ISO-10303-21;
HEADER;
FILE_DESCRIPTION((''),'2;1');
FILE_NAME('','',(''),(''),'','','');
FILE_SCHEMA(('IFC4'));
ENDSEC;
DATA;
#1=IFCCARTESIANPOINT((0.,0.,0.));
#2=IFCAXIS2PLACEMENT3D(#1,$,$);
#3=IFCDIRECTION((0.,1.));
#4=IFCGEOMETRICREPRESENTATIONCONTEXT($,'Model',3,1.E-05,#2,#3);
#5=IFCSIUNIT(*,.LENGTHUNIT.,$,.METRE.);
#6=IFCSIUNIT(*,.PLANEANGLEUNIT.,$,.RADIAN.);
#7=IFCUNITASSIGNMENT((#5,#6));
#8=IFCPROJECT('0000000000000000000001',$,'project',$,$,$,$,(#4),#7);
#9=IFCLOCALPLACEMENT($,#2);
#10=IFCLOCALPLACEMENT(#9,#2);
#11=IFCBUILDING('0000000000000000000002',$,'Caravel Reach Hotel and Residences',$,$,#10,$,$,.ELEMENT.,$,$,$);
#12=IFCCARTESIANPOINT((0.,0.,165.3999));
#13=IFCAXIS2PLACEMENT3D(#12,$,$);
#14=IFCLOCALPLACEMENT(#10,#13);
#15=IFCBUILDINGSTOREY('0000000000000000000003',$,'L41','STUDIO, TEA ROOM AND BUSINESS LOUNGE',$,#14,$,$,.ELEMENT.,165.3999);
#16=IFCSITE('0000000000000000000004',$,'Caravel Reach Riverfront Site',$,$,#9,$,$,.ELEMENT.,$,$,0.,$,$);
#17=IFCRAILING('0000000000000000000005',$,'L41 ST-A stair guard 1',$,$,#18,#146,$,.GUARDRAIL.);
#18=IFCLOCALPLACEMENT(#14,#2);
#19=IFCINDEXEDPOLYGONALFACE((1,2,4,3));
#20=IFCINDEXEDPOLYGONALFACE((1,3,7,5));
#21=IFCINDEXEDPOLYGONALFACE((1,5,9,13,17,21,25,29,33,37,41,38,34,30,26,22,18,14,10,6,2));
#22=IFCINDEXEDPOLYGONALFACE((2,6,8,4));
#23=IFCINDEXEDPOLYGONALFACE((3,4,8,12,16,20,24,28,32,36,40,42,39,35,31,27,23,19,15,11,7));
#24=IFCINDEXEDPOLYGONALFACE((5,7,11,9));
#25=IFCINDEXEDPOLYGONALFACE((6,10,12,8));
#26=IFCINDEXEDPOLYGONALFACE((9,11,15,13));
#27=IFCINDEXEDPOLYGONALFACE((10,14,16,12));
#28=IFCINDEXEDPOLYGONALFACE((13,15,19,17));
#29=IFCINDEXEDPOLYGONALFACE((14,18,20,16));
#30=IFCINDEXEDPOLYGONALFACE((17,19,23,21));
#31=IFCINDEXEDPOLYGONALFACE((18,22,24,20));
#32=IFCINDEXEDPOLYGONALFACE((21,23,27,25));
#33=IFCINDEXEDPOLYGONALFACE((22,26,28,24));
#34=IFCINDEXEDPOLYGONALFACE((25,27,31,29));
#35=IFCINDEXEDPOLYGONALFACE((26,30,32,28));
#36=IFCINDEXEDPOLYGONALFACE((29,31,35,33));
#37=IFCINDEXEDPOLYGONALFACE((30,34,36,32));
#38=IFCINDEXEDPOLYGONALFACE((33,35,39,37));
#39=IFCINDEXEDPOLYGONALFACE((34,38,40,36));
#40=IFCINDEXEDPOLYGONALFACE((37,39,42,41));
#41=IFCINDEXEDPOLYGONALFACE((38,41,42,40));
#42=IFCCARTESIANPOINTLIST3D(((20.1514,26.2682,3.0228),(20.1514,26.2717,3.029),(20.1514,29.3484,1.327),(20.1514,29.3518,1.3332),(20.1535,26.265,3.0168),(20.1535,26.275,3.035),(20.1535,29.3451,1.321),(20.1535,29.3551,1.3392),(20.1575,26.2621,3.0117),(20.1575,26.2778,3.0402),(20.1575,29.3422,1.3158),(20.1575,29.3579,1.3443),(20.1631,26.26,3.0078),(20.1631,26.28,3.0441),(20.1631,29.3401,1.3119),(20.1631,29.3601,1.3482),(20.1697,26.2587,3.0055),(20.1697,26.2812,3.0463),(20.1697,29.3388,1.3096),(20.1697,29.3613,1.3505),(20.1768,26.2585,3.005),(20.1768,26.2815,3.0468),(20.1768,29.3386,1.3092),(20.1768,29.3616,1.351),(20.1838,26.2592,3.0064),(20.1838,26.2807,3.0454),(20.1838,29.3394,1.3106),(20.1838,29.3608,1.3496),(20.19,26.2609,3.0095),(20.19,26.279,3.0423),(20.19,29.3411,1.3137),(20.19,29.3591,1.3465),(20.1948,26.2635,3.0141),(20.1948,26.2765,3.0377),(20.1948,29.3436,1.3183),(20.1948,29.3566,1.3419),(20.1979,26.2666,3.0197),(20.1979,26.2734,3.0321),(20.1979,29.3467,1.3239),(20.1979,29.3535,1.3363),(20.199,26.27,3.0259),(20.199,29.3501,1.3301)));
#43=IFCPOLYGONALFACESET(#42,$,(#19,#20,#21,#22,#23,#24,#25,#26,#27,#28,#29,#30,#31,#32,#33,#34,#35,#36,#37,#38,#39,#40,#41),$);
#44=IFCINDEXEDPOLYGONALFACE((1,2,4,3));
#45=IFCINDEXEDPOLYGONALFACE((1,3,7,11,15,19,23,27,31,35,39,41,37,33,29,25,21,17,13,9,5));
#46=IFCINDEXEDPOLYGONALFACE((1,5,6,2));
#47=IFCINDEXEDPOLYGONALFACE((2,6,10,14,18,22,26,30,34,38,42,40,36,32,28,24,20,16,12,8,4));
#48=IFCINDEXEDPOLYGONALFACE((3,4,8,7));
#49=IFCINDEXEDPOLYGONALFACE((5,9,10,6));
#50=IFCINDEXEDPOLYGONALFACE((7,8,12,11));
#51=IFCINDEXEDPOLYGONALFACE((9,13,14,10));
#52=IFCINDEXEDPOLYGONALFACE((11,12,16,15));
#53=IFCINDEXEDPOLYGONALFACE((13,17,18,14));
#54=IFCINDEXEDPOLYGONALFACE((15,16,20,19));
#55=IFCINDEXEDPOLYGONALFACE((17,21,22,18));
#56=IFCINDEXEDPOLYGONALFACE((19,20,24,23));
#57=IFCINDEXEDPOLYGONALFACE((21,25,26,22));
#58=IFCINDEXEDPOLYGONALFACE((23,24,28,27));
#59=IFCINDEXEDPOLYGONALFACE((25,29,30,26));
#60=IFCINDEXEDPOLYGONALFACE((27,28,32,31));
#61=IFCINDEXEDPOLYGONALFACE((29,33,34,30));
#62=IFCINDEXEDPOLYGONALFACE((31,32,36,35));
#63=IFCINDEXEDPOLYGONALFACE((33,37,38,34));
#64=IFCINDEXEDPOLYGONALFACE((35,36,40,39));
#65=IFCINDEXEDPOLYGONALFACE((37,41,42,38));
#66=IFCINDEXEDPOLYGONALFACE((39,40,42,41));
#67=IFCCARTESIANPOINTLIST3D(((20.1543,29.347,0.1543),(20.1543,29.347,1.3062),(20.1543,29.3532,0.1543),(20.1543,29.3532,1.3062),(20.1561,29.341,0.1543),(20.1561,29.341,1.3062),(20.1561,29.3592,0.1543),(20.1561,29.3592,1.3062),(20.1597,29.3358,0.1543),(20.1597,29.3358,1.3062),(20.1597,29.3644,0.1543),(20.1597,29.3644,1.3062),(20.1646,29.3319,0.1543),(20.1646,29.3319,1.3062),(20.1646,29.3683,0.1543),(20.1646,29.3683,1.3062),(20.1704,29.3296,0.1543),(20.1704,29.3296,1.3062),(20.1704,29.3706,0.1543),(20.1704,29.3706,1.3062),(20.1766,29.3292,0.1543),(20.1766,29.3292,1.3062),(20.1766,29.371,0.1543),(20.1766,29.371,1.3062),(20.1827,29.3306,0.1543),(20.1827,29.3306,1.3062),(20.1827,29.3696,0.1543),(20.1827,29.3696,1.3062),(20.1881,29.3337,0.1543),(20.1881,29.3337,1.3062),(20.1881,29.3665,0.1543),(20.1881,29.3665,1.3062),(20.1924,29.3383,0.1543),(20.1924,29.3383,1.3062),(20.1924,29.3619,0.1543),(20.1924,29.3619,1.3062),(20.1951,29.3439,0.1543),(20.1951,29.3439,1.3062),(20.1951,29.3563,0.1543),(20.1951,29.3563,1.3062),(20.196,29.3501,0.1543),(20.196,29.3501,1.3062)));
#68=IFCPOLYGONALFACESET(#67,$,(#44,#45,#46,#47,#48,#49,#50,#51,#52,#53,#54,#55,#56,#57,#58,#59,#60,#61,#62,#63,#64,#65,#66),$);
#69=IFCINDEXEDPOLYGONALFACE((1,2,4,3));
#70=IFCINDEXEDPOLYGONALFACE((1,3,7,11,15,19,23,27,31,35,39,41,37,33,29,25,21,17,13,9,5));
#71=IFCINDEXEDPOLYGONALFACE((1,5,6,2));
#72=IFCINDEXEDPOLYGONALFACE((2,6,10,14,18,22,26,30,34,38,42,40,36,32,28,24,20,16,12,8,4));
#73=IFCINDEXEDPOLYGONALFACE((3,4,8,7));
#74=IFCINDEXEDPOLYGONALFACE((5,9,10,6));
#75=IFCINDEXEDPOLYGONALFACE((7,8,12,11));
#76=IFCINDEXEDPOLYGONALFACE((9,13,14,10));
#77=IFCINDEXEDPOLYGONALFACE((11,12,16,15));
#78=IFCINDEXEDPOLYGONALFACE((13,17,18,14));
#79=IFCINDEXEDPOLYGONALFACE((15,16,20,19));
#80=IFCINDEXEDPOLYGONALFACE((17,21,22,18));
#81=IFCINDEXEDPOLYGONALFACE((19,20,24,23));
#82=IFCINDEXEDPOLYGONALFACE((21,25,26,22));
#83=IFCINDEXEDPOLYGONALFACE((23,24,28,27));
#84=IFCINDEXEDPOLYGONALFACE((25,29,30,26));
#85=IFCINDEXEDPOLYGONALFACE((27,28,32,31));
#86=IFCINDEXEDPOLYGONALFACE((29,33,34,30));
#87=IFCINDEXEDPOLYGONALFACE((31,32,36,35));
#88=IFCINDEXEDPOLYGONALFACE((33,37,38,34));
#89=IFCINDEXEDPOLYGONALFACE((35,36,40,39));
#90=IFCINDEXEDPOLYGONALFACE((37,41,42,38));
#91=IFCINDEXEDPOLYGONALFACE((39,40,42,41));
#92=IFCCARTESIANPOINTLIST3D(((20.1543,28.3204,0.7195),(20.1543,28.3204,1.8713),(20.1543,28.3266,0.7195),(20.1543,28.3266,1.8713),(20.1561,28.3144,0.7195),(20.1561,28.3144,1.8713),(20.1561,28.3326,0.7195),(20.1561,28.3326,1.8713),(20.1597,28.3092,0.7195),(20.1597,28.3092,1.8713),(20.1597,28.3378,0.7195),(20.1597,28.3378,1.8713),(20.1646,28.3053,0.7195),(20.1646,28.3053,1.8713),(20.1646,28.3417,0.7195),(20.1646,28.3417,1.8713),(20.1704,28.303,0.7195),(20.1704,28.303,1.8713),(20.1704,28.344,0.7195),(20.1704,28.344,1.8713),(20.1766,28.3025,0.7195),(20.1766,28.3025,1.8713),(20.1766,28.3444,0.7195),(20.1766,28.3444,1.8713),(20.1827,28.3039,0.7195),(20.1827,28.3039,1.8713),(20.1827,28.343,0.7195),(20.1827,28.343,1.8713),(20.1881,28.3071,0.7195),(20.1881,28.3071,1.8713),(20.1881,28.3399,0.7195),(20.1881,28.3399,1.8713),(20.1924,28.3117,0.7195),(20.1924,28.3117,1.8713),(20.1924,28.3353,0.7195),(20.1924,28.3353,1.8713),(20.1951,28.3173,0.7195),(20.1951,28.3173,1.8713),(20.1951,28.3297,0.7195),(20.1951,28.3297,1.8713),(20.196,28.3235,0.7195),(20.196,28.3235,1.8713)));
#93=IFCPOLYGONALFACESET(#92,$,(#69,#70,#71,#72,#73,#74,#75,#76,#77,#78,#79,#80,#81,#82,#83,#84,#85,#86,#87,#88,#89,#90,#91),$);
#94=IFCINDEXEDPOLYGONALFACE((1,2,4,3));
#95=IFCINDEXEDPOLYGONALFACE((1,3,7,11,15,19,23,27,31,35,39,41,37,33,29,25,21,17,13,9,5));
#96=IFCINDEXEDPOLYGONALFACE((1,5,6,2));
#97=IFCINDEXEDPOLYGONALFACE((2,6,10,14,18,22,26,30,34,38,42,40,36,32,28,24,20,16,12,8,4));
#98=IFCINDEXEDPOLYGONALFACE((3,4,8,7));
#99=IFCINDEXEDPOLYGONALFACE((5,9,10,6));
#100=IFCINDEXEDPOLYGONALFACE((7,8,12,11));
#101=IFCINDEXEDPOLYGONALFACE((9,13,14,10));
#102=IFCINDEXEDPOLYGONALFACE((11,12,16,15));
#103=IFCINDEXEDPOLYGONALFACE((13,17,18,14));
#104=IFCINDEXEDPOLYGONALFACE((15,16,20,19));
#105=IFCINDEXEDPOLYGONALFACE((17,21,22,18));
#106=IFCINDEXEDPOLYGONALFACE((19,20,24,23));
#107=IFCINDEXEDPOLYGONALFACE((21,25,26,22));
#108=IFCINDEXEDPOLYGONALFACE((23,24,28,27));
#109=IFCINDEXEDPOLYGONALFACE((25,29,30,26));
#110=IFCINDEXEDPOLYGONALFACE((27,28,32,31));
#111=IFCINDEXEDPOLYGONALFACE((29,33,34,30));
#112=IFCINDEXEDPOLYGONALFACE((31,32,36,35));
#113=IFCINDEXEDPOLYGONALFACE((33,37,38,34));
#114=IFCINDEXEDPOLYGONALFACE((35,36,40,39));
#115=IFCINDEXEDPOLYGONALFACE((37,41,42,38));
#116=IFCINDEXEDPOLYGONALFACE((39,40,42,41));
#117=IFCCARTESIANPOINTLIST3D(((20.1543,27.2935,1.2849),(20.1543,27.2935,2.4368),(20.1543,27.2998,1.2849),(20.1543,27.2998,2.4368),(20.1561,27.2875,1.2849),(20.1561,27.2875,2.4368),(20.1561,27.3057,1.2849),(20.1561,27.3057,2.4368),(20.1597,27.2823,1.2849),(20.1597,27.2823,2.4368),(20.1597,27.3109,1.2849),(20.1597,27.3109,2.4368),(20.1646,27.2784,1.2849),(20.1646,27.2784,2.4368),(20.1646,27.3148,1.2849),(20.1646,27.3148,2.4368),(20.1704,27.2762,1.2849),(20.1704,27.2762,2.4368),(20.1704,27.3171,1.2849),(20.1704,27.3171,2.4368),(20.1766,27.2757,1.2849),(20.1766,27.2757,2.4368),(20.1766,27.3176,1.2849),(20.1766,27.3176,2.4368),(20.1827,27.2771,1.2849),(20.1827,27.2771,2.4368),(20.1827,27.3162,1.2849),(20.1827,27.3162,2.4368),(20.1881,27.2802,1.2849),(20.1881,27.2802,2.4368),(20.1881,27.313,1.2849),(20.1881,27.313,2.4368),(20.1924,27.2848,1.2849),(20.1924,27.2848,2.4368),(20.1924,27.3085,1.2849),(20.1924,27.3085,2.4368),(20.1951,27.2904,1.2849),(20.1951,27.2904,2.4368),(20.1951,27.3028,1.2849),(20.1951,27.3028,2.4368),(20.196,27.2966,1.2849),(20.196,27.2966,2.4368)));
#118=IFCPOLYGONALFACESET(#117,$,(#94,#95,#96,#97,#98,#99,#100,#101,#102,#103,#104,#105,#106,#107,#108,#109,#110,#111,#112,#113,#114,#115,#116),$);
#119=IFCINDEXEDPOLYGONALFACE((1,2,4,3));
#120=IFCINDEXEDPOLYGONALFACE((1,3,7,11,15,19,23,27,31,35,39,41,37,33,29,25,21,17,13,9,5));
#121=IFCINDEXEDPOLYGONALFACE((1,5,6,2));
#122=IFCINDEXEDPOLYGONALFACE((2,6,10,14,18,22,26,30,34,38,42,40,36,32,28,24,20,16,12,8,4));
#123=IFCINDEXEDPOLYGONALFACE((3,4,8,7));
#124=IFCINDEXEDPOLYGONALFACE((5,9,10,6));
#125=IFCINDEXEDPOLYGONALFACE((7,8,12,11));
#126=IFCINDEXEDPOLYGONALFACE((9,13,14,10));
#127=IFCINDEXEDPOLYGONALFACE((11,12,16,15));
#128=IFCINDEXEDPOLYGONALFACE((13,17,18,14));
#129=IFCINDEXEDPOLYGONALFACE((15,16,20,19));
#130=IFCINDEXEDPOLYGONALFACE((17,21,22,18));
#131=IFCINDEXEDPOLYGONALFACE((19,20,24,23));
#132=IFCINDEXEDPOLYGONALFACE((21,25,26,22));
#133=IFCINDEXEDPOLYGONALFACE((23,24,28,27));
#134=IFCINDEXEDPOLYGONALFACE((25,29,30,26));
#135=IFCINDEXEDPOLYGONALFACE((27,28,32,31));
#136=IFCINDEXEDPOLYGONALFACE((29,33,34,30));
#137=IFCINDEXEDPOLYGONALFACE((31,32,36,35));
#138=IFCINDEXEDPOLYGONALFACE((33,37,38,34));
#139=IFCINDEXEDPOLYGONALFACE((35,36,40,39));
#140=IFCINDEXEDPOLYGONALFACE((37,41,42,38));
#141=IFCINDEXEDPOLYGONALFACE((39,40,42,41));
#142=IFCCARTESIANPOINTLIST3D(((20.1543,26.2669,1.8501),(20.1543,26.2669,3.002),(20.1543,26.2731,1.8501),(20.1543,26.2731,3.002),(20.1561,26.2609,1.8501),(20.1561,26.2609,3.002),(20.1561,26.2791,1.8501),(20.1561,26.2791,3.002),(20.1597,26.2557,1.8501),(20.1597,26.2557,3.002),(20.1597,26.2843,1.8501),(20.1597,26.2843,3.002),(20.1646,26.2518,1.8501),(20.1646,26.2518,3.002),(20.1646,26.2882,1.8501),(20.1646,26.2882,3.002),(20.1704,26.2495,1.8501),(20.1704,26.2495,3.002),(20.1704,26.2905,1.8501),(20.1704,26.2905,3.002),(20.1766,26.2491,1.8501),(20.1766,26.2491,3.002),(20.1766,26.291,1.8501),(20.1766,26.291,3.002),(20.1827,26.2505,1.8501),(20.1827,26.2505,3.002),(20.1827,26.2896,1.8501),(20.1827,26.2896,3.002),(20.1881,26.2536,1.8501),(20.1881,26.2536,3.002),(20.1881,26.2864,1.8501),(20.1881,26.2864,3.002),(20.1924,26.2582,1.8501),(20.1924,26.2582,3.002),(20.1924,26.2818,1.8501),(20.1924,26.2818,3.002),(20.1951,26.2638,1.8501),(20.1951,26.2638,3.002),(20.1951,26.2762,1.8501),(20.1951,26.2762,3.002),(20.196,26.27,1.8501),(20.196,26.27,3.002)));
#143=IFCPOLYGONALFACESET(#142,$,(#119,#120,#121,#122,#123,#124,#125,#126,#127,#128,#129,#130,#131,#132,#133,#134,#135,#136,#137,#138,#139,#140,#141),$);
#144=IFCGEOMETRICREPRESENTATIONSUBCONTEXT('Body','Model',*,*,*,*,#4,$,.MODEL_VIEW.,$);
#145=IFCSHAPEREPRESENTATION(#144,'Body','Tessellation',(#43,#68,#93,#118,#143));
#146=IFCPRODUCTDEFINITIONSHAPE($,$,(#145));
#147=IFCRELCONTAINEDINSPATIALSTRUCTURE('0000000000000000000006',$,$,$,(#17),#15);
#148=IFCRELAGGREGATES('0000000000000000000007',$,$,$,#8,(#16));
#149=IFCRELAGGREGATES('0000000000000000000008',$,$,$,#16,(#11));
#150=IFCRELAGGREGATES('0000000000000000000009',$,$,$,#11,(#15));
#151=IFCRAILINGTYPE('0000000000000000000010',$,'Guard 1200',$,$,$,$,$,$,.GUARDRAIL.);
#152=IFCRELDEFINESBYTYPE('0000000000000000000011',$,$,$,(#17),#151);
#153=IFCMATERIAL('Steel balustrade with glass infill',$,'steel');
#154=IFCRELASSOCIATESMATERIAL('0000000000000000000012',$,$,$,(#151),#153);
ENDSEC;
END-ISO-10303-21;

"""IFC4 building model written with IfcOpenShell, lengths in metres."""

from ifc_helpers import new_model, si_unit, direction, frame, origin, origin_2d, place, context, subcontext, project, spatial, circle, extrude, material, type_object, element, save


model = new_model("IFC4")

# Units and contexts
model_context = context("Model", 3, precision=1e-05, world=origin(), true_north=direction((0.0, 1.0)))
body_context = subcontext(model_context, "Body", "Model", "MODEL_VIEW")
ifc_project = project(units=[si_unit("LENGTHUNIT", "METRE"), si_unit("PLANEANGLEUNIT", "RADIAN")], contexts=[model_context])

# Site, building, storey
site_placement = place(None, origin())
site = spatial("IfcSite", under=ifc_project, at=site_placement, Name="Caravel Reach Riverfront Site", CompositionType="ELEMENT", RefElevation=0.0)
building_placement = place(site_placement, origin())
building = spatial("IfcBuilding", under=site, at=building_placement, Name="Caravel Reach Hotel and Residences", CompositionType="ELEMENT")
storey_placement = place(building_placement, frame((0.0, 0.0, 165.3999)))
storey = spatial("IfcBuildingStorey", under=building, at=storey_placement, Name="L41", Description="STUDIO, TEA ROOM AND BUSINESS LOUNGE", CompositionType="ELEMENT", Elevation=165.3999)

# Railing
ifc_material_1 = material(Name="Steel balustrade with glass infill", Category="steel")
railing_type_1 = type_object("IfcRailingType", Name="Guard 1200", PredefinedType="GUARDRAIL", material=ifc_material_1)
railing_1_placement = place(storey_placement, frame((20.175, 29.3501, 0.1543)))
element("IfcRailing", 1, at=railing_1_placement, inside=storey, type_object=railing_type_1, Name="L41 ST-A stair guard 1", PredefinedType="GUARDRAIL", context=body_context, shape_type="SweptSolid", body=[
    extrude(circle(Radius=0.0239, at=origin_2d()), frame((0.0, 0.0, 1.1758), z_axis=(0.0, -0.876005, 0.482303), x_axis=(1.0, 0.0, 0.0)), (0.0, 0.0, 1.0), 3.5161),
    extrude(circle(Radius=0.021, at=origin_2d()), origin(), (0.0, 0.0, 1.0), 1.1519),
    extrude(circle(Radius=0.021, at=origin_2d()), frame((0.0, -1.0266, 0.5652)), (0.0, 0.0, 1.0), 1.1519),
    extrude(circle(Radius=0.021, at=origin_2d()), frame((0.0, -2.0535, 1.1306)), (0.0, 0.0, 1.0), 1.1519),
    extrude(circle(Radius=0.021, at=origin_2d()), frame((0.0, -3.0801, 1.6958)), (0.0, 0.0, 1.0), 1.1519),
])

save(model, "model.ifc")
